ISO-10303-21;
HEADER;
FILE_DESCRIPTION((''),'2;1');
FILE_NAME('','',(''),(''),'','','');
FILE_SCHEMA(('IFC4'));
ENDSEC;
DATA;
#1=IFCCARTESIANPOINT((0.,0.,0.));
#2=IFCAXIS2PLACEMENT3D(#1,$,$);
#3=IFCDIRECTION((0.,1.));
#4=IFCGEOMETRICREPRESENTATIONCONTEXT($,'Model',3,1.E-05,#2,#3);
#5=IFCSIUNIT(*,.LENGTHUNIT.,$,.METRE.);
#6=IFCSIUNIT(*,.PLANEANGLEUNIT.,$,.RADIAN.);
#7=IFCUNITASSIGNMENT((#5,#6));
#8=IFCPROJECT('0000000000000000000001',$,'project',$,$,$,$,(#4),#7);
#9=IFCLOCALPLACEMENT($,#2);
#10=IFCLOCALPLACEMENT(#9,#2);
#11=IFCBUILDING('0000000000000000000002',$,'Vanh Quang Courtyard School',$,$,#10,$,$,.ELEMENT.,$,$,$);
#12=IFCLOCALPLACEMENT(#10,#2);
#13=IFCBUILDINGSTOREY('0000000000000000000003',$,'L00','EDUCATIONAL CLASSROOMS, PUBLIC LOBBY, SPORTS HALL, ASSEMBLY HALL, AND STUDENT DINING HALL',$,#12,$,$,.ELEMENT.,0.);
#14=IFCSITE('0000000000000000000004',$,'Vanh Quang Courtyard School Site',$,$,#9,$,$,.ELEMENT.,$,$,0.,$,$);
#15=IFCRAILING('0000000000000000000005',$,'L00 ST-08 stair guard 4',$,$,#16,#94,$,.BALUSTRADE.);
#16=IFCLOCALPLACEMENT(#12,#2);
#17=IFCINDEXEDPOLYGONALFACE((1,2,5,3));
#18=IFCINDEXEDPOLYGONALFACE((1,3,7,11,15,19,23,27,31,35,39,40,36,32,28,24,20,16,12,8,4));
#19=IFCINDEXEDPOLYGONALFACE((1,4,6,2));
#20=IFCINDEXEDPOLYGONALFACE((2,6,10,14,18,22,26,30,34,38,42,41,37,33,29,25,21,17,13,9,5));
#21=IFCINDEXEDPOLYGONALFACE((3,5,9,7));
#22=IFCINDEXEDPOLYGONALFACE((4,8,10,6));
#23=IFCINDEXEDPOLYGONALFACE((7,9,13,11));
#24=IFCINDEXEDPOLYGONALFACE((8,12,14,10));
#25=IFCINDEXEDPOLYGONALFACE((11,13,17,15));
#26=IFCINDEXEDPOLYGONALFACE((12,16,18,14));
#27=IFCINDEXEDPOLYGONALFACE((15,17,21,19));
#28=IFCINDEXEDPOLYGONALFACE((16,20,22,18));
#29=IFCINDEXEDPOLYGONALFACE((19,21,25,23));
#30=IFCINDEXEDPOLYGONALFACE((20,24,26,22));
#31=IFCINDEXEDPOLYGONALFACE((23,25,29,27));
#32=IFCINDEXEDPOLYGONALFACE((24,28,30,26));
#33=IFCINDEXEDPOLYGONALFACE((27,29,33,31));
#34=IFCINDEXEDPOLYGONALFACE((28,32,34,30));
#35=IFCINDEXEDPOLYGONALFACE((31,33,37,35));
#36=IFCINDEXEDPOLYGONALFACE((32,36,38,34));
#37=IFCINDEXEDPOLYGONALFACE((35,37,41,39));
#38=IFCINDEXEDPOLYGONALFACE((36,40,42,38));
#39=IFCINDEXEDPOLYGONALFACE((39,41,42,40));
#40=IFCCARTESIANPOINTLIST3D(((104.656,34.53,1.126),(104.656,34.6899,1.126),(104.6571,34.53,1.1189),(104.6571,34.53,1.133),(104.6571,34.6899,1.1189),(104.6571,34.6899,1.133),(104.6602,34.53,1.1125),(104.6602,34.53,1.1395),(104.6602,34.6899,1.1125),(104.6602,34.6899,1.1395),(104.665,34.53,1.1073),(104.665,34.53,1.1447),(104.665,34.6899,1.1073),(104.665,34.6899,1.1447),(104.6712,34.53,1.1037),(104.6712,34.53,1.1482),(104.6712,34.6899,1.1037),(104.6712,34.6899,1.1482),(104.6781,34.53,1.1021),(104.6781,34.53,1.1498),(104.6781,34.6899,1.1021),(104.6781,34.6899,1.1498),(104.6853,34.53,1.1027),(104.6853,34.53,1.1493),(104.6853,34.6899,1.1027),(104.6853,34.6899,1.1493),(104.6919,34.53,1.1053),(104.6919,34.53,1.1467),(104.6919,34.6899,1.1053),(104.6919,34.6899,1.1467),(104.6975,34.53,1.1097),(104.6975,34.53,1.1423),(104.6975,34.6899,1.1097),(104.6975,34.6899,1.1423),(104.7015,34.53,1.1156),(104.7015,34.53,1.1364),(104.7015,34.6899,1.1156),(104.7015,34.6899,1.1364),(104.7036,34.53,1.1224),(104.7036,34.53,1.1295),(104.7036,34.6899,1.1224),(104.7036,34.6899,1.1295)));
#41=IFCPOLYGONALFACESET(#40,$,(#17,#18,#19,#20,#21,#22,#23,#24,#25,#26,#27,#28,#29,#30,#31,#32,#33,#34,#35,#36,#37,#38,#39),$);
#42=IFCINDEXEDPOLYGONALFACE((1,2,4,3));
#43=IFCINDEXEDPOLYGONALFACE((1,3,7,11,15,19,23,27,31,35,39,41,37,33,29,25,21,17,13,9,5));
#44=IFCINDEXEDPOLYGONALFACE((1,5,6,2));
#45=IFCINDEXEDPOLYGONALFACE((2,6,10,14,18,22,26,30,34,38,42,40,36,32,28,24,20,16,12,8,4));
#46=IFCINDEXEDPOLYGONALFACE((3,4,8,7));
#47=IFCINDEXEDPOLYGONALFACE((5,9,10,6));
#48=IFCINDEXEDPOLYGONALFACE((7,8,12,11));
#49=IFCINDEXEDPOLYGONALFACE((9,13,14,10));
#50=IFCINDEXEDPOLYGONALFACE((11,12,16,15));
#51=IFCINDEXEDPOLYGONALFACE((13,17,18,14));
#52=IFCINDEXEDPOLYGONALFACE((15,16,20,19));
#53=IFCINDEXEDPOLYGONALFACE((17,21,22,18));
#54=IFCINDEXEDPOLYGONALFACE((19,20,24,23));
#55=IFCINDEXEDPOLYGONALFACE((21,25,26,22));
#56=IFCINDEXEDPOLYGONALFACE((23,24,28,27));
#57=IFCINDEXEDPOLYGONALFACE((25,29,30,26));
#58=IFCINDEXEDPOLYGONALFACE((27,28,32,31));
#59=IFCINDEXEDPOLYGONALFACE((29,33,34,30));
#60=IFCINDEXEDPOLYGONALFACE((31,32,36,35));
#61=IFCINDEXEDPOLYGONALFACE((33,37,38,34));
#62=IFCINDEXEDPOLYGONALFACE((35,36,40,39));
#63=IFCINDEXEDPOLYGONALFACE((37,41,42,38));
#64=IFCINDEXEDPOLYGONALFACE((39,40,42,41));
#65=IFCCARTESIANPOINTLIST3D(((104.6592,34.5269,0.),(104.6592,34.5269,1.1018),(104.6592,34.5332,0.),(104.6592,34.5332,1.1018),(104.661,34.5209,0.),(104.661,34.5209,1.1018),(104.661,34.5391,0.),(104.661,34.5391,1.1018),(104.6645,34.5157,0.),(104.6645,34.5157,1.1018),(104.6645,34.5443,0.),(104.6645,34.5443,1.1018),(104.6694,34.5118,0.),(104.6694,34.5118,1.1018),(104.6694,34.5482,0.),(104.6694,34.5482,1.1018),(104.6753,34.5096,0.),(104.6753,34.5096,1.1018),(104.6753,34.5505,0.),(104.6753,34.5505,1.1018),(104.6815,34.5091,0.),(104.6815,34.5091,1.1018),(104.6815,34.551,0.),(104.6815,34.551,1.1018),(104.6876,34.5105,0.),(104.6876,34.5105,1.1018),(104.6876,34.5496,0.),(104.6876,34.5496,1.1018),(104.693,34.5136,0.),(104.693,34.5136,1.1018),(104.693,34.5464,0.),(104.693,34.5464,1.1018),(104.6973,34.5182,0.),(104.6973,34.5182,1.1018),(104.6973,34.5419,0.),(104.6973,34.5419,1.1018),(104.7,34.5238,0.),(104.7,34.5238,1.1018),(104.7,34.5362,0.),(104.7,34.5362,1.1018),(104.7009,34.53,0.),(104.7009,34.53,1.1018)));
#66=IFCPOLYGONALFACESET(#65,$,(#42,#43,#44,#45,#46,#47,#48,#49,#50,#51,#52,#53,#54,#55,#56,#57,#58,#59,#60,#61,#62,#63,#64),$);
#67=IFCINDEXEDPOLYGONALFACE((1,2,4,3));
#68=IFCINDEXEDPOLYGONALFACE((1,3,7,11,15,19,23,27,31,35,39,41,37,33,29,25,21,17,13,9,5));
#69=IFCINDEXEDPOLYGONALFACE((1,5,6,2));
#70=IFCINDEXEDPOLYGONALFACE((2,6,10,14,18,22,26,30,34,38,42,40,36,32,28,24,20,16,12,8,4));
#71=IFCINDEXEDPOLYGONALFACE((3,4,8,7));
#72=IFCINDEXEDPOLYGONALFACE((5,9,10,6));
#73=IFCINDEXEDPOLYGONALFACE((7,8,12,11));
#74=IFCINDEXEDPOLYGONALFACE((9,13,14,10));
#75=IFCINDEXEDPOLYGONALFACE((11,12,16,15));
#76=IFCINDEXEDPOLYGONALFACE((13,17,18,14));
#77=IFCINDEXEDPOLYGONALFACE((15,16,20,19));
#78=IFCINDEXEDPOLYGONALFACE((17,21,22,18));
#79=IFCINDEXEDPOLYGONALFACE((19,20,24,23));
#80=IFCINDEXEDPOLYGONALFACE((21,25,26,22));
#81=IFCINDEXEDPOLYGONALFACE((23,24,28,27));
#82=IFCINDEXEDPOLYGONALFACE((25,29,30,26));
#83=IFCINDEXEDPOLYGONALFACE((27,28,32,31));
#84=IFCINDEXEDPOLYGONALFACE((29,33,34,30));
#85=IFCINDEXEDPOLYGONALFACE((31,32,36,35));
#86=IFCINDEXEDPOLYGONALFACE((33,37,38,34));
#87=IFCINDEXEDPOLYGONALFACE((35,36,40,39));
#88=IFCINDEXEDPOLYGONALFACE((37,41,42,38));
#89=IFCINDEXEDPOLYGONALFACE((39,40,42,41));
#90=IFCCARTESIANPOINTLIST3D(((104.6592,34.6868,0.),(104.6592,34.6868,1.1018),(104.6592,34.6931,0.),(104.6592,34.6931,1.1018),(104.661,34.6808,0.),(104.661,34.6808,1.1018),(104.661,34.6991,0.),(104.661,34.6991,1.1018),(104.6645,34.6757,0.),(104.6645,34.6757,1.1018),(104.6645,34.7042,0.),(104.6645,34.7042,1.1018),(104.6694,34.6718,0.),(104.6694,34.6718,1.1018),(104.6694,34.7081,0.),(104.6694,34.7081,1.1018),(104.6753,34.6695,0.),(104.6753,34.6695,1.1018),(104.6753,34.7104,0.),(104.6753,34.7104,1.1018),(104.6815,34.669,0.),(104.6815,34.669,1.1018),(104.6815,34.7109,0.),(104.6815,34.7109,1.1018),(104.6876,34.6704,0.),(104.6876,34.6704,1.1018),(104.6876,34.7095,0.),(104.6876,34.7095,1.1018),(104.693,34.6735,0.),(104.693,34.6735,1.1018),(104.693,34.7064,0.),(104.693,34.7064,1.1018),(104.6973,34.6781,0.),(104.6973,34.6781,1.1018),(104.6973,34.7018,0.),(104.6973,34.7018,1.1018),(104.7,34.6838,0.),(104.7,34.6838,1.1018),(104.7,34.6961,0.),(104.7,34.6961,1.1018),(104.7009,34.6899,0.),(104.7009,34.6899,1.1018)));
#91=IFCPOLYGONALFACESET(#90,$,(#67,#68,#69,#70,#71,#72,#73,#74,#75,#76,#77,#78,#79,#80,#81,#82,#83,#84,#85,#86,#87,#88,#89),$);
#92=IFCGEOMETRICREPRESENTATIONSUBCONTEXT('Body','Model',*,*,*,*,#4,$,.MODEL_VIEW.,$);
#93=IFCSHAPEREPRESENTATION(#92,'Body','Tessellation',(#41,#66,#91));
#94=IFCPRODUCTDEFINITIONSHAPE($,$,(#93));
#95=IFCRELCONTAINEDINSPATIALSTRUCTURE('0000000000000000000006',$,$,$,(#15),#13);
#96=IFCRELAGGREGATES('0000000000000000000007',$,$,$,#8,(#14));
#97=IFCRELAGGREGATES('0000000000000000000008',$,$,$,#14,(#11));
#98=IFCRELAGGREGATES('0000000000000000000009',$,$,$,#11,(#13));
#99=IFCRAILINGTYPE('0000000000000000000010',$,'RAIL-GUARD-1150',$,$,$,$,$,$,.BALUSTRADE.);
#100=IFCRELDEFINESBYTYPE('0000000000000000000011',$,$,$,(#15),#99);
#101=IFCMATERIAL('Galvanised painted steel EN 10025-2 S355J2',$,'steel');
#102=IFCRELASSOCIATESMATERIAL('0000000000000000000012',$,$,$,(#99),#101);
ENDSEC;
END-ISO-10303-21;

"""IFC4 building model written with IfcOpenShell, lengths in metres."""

from ifc_helpers import new_model, si_unit, direction, frame, origin, origin_2d, place, context, subcontext, project, spatial, circle, extrude, material, type_object, element, save


model = new_model("IFC4")

# Units and contexts
model_context = context("Model", 3, precision=1e-05, world=origin(), true_north=direction((0.0, 1.0)))
body_context = subcontext(model_context, "Body", "Model", "MODEL_VIEW")
ifc_project = project(units=[si_unit("LENGTHUNIT", "METRE"), si_unit("PLANEANGLEUNIT", "RADIAN")], contexts=[model_context])

# Site, building, storey
site_placement = place(None, origin())
site = spatial("IfcSite", under=ifc_project, at=site_placement, Name="Vanh Quang Courtyard School Site", CompositionType="ELEMENT", RefElevation=0.0)
building_placement = place(site_placement, origin())
building = spatial("IfcBuilding", under=site, at=building_placement, Name="Vanh Quang Courtyard School", CompositionType="ELEMENT")
storey_placement = place(building_placement, origin())
storey = spatial("IfcBuildingStorey", under=building, at=storey_placement, Name="L00", Description="EDUCATIONAL CLASSROOMS, PUBLIC LOBBY, SPORTS HALL, ASSEMBLY HALL, AND STUDENT DINING HALL", CompositionType="ELEMENT", Elevation=0.0)

# Railing
ifc_material_1 = material(Name="Galvanised painted steel EN 10025-2 S355J2", Category="steel")
railing_type_1 = type_object("IfcRailingType", Name="RAIL-GUARD-1150", PredefinedType="BALUSTRADE", material=ifc_material_1)
railing_1_placement = place(storey_placement, frame((104.6799, 34.53, 0.0)))
element("IfcRailing", 1, at=railing_1_placement, inside=storey, type_object=railing_type_1, Name="L00 ST-08 stair guard 4", PredefinedType="BALUSTRADE", context=body_context, shape_type="SweptSolid", body=[
    extrude(circle(Radius=0.0239, at=origin_2d()), frame((0.0, 0.0, 1.126), z_axis=(0.0, 1.0, 0.0), x_axis=(-1.0, 0.0, 0.0)), (0.0, 0.0, 1.0), 0.1599),
    extrude(circle(Radius=0.021, at=origin_2d()), origin(), (0.0, 0.0, 1.0), 1.1018),
    extrude(circle(Radius=0.021, at=origin_2d()), frame((0.0, 0.1599, 0.0)), (0.0, 0.0, 1.0), 1.1018),
])

save(model, "model.ifc")
